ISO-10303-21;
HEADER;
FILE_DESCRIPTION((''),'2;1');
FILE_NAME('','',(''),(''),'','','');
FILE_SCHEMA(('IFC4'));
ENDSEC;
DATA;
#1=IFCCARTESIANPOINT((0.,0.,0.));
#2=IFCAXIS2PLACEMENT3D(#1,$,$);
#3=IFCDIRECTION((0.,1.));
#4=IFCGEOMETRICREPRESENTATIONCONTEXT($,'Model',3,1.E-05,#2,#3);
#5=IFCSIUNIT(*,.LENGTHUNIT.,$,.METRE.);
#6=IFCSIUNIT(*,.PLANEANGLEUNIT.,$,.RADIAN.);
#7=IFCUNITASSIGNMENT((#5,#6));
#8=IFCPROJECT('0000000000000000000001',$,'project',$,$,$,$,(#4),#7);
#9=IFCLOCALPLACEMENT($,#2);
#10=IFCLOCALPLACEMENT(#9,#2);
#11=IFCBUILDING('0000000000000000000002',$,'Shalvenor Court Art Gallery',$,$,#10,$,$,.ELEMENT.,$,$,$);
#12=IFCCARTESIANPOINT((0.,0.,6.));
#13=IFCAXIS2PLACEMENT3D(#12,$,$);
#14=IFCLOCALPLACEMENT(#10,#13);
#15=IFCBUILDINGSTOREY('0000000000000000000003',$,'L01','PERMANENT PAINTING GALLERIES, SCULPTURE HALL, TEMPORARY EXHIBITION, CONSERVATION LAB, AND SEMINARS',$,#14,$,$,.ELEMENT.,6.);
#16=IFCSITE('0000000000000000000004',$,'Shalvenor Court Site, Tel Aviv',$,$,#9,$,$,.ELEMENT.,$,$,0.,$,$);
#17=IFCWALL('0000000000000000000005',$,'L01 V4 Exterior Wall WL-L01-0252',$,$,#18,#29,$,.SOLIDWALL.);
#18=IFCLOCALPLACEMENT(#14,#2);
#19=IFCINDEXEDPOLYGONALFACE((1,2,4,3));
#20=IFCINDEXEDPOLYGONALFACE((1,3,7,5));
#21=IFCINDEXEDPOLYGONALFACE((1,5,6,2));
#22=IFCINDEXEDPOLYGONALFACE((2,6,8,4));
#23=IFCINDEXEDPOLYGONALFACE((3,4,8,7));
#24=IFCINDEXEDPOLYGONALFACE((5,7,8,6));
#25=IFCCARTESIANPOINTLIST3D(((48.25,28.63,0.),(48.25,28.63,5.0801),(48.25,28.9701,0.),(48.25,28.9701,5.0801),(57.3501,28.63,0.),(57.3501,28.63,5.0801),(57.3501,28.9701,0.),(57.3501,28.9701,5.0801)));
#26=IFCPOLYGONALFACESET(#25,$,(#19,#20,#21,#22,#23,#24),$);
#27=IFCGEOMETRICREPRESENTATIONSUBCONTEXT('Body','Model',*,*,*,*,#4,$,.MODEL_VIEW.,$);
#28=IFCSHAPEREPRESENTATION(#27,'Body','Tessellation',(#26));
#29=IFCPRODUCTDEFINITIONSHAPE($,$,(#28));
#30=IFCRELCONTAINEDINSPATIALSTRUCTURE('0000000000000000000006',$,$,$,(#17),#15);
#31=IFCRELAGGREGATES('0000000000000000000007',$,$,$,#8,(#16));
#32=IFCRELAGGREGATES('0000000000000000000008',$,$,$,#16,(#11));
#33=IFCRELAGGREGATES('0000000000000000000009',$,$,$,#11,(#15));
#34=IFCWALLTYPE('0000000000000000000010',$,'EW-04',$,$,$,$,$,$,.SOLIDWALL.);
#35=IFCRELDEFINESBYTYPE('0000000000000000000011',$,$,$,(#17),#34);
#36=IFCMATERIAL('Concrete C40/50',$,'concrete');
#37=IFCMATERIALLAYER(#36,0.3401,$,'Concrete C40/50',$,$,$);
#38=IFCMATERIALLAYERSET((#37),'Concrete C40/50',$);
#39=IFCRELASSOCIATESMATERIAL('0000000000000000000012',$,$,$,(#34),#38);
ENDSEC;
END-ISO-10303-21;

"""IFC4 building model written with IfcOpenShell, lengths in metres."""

from ifc_helpers import new_model, si_unit, direction, frame, frame_2d, origin, place, context, subcontext, project, spatial, rectangle, extrude, material, layer, layer_set, type_object, element, save


model = new_model("IFC4")

# Units and contexts
model_context = context("Model", 3, precision=1e-05, world=origin(), true_north=direction((0.0, 1.0)))
body_context = subcontext(model_context, "Body", "Model", "MODEL_VIEW")
ifc_project = project(units=[si_unit("LENGTHUNIT", "METRE"), si_unit("PLANEANGLEUNIT", "RADIAN")], contexts=[model_context])

# Site, building, storey
site_placement = place(None, origin())
site = spatial("IfcSite", under=ifc_project, at=site_placement, Name="Shalvenor Court Site, Tel Aviv", CompositionType="ELEMENT", RefElevation=0.0)
building_placement = place(site_placement, origin())
building = spatial("IfcBuilding", under=site, at=building_placement, Name="Shalvenor Court Art Gallery", CompositionType="ELEMENT")
storey_placement = place(building_placement, frame((0.0, 0.0, 6.0)))
storey = spatial("IfcBuildingStorey", under=building, at=storey_placement, Name="L01", Description="PERMANENT PAINTING GALLERIES, SCULPTURE HALL, TEMPORARY EXHIBITION, CONSERVATION LAB, AND SEMINARS", CompositionType="ELEMENT", Elevation=6.0)

# Wall
ifc_material_1 = material(Name="Concrete C40/50", Category="concrete")
ifc_layer_1 = layer(ifc_material_1, 0.3401, Name="Concrete C40/50")
ifc_layer_set_1 = layer_set([ifc_layer_1], Name="Concrete C40/50")
wall_type_1 = type_object("IfcWallType", Name="EW-04", PredefinedType="SOLIDWALL", material=ifc_layer_set_1)
wall_1_placement = place(storey_placement, frame((48.25, 28.8, 0.0), z_axis=(0.0, 0.0, 1.0), x_axis=(1.0, 0.0, 0.0)))
element("IfcWall", 1, at=wall_1_placement, inside=storey, type_object=wall_type_1, Name="L01 V4 Exterior Wall WL-L01-0252", PredefinedType="SOLIDWALL", context=body_context, shape_type="SweptSolid", body=[
    extrude(rectangle(XDim=9.1001, YDim=0.3401, at=frame_2d((4.55, 0.0))), origin(), (0.0, 0.0, 1.0), 5.0801),
])

save(model, "model.ifc")
